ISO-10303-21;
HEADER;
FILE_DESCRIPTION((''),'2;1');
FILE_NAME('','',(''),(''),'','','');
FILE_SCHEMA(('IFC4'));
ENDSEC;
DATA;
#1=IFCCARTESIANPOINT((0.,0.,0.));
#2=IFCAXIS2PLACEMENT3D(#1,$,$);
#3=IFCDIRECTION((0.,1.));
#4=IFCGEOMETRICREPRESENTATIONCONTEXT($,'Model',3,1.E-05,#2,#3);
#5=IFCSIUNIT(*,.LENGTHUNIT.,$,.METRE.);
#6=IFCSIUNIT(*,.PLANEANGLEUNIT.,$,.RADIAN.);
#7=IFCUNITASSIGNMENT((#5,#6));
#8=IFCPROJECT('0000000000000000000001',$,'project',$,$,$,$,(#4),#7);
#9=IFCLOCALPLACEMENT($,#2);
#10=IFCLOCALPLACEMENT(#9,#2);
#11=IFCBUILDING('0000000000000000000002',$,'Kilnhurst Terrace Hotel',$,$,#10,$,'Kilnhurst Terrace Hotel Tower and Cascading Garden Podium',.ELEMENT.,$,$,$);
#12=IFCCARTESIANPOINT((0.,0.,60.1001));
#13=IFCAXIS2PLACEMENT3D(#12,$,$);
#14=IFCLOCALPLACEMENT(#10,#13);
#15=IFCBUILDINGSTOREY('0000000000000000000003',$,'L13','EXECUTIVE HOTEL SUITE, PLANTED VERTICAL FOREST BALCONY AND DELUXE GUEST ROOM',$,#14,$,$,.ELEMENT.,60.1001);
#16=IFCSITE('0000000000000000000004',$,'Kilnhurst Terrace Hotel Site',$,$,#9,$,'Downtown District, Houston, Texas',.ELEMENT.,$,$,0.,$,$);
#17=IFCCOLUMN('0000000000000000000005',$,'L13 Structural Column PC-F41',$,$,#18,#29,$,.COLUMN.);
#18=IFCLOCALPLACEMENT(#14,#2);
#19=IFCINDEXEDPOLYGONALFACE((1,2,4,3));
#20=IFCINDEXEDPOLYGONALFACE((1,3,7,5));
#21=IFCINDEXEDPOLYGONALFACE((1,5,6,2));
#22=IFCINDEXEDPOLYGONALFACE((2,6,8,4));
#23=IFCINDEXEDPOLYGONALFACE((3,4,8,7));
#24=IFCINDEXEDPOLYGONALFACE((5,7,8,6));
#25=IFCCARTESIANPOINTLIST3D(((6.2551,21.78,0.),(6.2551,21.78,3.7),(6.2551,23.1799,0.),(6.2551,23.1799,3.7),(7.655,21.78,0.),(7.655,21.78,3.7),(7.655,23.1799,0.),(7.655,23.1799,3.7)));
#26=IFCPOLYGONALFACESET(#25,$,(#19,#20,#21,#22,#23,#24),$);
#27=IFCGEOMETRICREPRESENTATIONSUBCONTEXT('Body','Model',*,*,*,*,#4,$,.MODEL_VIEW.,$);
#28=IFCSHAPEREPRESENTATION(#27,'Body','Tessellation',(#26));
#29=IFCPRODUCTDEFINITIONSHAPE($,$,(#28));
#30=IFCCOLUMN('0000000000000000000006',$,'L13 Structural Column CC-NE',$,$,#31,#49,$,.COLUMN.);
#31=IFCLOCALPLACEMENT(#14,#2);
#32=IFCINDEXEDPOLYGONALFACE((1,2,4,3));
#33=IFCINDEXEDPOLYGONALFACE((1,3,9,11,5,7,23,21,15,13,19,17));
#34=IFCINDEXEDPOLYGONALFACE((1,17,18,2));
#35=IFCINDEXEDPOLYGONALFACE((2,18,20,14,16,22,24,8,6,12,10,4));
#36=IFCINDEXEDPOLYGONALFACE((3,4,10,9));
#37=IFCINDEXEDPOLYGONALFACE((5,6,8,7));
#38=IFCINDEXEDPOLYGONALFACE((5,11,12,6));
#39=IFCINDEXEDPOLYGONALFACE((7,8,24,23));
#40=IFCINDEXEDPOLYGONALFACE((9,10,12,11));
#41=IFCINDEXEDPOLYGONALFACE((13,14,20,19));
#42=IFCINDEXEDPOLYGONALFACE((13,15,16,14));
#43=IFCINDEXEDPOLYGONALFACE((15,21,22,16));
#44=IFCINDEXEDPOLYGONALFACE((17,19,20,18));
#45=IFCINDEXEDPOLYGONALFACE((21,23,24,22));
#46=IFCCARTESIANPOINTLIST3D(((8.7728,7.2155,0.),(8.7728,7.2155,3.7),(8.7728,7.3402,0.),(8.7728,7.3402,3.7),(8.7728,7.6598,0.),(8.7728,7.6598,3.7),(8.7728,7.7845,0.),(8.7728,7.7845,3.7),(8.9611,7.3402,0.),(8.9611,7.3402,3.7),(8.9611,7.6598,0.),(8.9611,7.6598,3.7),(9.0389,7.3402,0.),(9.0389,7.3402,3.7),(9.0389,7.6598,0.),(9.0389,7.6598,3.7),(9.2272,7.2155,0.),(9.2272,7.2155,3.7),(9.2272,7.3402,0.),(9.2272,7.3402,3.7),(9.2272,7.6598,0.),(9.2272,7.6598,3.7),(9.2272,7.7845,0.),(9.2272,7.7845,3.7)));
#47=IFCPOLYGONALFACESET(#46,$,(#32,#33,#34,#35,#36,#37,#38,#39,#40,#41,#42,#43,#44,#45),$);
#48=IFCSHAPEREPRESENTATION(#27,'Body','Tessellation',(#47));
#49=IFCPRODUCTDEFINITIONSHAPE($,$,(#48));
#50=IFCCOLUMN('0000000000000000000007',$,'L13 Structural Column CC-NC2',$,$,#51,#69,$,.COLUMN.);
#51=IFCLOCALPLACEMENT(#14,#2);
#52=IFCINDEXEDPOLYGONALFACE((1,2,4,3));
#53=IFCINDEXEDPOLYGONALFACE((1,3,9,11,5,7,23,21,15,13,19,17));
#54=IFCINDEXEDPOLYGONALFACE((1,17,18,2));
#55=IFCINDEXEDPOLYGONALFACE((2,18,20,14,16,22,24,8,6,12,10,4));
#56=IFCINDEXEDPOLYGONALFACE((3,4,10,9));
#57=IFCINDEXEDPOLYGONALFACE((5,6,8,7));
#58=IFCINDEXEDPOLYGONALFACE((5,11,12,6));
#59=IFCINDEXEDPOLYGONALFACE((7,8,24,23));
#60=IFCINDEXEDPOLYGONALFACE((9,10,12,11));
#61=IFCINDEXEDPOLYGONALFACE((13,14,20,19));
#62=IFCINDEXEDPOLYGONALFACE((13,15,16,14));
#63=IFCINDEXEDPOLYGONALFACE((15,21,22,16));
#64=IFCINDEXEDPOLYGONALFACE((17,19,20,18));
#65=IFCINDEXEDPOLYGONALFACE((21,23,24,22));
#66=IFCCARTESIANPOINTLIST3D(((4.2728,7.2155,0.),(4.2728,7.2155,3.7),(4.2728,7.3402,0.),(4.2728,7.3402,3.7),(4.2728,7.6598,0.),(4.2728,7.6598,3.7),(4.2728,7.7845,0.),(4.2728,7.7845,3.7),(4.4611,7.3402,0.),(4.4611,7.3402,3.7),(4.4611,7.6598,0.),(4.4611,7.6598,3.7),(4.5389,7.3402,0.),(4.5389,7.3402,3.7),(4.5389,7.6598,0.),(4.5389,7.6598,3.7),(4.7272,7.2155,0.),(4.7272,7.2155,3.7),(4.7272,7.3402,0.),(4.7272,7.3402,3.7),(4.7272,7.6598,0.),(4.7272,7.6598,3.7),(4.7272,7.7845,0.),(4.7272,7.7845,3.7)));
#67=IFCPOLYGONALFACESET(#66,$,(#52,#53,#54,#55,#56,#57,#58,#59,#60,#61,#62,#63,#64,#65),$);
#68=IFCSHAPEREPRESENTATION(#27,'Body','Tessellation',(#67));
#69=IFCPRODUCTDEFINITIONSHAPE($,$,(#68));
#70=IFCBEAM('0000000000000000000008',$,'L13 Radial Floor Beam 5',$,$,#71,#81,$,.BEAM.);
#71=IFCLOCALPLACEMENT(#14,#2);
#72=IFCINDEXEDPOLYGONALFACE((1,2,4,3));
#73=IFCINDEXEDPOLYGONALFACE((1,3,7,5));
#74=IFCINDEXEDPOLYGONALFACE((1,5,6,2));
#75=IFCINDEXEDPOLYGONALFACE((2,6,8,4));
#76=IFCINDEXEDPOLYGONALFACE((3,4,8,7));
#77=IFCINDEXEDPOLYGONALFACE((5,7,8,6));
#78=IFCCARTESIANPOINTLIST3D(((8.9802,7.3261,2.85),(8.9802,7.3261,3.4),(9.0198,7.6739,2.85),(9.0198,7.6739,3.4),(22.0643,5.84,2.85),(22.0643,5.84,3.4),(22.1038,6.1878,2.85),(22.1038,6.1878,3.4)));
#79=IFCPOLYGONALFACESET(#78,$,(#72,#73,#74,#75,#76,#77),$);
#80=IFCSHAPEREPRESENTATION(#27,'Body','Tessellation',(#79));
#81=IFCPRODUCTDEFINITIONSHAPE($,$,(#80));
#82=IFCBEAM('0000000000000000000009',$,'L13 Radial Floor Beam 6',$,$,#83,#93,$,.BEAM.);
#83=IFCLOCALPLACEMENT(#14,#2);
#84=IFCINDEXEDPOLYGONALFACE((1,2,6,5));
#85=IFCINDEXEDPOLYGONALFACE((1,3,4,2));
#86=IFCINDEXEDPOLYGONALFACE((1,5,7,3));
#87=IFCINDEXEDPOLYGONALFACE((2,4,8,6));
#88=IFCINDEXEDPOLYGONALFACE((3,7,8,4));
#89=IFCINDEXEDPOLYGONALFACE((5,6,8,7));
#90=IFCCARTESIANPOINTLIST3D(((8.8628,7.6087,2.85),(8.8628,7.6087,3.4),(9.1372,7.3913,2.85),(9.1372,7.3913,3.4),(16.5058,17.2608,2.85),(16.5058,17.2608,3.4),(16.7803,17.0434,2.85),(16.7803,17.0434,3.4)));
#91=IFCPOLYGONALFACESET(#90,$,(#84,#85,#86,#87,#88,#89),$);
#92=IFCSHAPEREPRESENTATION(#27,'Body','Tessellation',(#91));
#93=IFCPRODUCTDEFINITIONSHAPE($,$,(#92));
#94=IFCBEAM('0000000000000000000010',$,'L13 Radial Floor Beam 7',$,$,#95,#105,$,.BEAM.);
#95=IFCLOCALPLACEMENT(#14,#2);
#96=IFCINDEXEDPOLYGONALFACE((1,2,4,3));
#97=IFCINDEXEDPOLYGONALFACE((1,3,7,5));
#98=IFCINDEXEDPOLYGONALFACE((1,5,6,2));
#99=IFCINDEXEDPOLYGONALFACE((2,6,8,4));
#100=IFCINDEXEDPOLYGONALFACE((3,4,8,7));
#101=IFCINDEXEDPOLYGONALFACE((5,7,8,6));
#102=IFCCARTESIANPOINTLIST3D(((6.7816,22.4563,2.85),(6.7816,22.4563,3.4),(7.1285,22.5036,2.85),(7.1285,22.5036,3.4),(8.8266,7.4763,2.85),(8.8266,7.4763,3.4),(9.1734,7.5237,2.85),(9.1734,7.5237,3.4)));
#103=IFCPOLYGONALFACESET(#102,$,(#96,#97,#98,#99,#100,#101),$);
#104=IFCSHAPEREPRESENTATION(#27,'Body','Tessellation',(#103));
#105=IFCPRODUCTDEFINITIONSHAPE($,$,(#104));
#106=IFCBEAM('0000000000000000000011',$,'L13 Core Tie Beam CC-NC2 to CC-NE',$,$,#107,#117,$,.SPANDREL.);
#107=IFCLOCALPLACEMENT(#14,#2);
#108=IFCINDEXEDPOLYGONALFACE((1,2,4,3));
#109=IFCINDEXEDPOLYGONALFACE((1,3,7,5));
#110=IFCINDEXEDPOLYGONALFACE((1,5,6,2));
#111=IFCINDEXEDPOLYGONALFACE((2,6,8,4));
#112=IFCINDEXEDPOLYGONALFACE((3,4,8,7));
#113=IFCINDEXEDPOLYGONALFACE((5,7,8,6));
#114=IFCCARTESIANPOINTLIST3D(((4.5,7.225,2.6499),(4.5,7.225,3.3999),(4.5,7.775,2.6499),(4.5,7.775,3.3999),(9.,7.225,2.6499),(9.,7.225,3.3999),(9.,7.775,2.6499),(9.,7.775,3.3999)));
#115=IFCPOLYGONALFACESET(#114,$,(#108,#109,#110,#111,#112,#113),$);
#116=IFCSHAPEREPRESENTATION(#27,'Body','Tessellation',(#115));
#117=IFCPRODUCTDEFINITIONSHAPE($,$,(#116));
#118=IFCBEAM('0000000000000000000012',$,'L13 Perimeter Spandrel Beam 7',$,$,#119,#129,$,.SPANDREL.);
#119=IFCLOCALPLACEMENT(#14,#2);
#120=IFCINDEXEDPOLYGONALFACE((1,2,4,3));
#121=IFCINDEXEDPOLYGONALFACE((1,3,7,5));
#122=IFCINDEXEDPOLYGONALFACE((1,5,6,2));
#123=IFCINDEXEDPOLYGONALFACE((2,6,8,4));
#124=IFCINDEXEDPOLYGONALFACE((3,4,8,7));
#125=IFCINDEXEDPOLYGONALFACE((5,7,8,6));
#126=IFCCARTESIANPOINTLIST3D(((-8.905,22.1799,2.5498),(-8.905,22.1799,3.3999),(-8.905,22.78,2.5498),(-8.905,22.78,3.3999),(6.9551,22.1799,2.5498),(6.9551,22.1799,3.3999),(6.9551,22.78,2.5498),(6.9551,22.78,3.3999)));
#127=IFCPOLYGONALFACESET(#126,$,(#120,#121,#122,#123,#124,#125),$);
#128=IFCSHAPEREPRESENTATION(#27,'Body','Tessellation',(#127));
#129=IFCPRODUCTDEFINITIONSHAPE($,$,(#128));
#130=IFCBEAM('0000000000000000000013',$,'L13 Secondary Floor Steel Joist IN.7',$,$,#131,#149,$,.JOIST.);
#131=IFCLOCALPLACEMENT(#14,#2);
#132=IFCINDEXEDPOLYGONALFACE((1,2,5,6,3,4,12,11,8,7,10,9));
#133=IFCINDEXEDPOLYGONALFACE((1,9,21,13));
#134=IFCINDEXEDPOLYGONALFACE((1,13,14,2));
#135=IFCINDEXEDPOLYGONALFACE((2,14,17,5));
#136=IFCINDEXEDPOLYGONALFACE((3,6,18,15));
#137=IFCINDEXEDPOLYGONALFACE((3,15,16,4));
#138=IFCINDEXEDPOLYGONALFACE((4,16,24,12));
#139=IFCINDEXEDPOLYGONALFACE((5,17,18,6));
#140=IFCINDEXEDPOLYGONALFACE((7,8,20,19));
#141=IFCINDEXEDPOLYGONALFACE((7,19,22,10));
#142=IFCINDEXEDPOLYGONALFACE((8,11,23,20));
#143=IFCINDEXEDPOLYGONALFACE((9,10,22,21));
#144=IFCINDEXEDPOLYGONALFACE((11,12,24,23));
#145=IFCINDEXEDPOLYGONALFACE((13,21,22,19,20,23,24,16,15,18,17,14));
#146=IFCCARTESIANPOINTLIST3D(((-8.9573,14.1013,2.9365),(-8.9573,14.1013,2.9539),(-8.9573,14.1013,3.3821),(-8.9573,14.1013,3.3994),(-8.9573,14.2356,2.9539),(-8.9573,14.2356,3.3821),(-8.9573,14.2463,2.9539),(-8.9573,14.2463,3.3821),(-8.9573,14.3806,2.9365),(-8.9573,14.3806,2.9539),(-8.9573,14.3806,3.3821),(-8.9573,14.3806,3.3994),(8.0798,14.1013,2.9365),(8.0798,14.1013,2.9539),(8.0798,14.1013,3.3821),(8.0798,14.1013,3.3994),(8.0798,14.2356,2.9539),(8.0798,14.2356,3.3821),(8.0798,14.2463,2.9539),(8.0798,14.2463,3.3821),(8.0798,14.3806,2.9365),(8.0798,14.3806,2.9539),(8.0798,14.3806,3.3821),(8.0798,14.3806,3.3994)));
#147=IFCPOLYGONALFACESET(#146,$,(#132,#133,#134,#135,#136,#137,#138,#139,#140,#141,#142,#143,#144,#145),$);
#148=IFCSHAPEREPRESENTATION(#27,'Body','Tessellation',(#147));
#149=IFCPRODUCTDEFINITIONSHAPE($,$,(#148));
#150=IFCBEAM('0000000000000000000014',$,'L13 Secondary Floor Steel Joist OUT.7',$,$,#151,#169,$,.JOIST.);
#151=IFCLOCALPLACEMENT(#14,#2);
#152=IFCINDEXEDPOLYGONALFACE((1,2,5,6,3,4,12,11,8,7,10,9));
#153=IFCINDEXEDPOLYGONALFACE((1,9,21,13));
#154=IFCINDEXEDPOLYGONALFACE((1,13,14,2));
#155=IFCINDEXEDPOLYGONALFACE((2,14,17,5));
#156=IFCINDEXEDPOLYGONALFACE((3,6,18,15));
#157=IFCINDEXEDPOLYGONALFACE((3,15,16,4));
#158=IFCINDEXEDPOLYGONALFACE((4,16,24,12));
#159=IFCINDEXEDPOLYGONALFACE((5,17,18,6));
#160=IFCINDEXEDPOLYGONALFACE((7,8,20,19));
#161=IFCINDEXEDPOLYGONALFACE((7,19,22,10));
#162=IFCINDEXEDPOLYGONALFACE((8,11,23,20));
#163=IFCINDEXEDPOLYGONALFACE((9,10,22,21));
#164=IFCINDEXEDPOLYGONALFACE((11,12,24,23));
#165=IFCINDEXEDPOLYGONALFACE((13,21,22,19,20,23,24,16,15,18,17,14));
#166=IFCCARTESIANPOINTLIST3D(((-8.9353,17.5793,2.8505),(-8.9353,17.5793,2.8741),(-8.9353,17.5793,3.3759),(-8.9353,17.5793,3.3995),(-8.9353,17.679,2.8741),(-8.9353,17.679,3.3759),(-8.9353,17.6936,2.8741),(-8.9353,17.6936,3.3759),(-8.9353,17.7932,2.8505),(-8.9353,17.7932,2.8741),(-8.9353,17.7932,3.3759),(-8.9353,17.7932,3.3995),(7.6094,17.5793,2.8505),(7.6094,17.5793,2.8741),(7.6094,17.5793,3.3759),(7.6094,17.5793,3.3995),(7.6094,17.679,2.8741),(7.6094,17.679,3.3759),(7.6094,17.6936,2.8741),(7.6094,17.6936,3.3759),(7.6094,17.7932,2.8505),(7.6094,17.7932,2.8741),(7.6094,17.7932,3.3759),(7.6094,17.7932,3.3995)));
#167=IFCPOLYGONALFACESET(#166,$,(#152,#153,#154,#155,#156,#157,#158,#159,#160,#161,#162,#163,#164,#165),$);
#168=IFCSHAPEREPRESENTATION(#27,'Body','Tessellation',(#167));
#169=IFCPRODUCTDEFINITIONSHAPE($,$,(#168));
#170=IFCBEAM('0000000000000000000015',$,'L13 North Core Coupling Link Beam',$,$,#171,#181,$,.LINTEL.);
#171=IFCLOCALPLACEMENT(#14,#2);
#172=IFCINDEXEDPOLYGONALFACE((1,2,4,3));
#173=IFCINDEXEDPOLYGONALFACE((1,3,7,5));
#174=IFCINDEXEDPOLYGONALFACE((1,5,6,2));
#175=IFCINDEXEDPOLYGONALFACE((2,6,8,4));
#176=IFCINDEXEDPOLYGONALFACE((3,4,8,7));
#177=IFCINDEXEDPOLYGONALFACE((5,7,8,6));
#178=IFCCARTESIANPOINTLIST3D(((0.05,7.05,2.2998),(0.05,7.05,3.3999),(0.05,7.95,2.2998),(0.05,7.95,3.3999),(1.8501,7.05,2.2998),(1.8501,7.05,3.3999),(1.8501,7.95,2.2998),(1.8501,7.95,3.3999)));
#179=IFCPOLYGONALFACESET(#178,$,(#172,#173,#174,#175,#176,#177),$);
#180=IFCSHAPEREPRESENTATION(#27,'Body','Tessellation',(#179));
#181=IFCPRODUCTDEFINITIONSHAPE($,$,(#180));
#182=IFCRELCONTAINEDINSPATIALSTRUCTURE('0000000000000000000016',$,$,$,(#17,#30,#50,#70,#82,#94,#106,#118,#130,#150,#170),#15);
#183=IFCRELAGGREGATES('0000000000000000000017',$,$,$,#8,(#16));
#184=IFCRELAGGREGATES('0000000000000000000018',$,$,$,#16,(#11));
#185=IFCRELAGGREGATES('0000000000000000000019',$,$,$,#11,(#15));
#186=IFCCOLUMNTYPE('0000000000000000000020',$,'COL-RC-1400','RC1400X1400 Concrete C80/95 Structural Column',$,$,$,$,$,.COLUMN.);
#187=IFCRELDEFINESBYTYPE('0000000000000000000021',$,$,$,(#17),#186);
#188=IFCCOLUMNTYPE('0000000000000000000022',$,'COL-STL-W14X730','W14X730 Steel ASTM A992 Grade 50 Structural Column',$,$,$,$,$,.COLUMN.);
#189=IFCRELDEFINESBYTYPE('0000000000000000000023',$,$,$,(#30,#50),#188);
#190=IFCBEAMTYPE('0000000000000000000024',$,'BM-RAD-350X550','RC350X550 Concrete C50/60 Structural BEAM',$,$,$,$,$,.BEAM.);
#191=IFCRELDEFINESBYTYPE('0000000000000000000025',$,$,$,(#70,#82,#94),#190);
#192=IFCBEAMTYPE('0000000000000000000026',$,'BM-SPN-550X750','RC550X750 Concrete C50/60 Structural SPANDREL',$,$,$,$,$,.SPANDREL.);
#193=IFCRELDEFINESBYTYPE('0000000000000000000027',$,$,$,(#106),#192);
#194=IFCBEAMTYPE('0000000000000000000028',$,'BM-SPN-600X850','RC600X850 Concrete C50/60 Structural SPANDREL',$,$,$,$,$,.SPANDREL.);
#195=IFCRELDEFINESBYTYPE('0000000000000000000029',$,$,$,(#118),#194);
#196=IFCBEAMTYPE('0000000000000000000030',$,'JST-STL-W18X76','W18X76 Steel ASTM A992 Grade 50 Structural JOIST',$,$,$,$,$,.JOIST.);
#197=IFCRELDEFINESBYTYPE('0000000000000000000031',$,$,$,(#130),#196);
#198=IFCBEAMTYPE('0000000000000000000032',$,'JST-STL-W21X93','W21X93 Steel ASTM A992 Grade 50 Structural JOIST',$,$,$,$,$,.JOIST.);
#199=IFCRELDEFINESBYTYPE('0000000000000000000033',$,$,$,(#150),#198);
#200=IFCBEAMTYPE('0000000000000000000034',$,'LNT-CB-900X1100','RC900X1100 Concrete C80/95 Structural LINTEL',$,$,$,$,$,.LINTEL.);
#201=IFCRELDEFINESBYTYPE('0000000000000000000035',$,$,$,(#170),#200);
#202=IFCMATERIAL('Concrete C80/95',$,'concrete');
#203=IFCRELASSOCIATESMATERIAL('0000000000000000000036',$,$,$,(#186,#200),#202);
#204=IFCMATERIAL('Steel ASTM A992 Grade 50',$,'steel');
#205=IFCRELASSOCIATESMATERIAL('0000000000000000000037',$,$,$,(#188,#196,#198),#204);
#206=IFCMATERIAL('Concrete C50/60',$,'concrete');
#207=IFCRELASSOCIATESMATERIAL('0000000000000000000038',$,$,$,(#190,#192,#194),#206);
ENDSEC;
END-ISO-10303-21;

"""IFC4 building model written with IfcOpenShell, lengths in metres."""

from ifc_helpers import new_model, si_unit, direction, frame, origin, origin_2d, place, context, subcontext, project, spatial, rectangle, i_section, extrude, material, material_profile, profile_set, type_object, element, save


model = new_model("IFC4")

# Units and contexts
model_context = context("Model", 3, precision=1e-05, world=origin(), true_north=direction((0.0, 1.0)))
body_context = subcontext(model_context, "Body", "Model", "MODEL_VIEW")
ifc_project = project(units=[si_unit("LENGTHUNIT", "METRE"), si_unit("PLANEANGLEUNIT", "RADIAN")], contexts=[model_context])

# Site, building, storey
site_placement = place(None, origin())
site = spatial("IfcSite", under=ifc_project, at=site_placement, Name="Kilnhurst Terrace Hotel Site", LongName="Downtown District, Houston, Texas", CompositionType="ELEMENT", RefElevation=0.0)
building_placement = place(site_placement, origin())
building = spatial("IfcBuilding", under=site, at=building_placement, Name="Kilnhurst Terrace Hotel", LongName="Kilnhurst Terrace Hotel Tower and Cascading Garden Podium", CompositionType="ELEMENT")
storey_placement = place(building_placement, frame((0.0, 0.0, 60.1001)))
storey = spatial("IfcBuildingStorey", under=building, at=storey_placement, Name="L13", Description="EXECUTIVE HOTEL SUITE, PLANTED VERTICAL FOREST BALCONY AND DELUXE GUEST ROOM", CompositionType="ELEMENT", Elevation=60.1001)

# Columns
ifc_material_1 = material(Name="Concrete C80/95", Category="concrete")
ifc_material_profile_1 = material_profile(ifc_material_1, rectangle(XDim=1.3999, YDim=1.3999, at=origin_2d()), Name="RC1400X1400")
ifc_profile_set_1 = profile_set([ifc_material_profile_1], Name="Concrete C80/95")
column_type_1 = type_object("IfcColumnType", Name="COL-RC-1400", Description="RC1400X1400 Concrete C80/95 Structural Column", PredefinedType="COLUMN", material=ifc_profile_set_1)
column_placement = place(storey_placement, frame((6.9551, 22.48, 0.0), z_axis=(0.0, 0.0, 1.0), x_axis=(1.0, 0.0, 0.0)))
element("IfcColumn", 1, at=column_placement, inside=storey, type_object=column_type_1, Name="L13 Structural Column PC-F41", PredefinedType="COLUMN", context=body_context, shape_type="SweptSolid", body=[
    extrude(rectangle(XDim=1.3999, YDim=1.3999, at=origin_2d()), origin(), (0.0, 0.0, 1.0), 3.7),
])
ifc_material_2 = material(Name="Steel ASTM A992 Grade 50", Category="steel")
ifc_material_profile_2 = material_profile(ifc_material_2, i_section(OverallWidth=0.4543, OverallDepth=0.5691, WebThickness=0.0779, FlangeThickness=0.1248, at=origin_2d()), Name="W14X730")
ifc_profile_set_2 = profile_set([ifc_material_profile_2], Name="Steel ASTM A992 Grade 50")
column_type_2 = type_object("IfcColumnType", Name="COL-STL-W14X730", Description="W14X730 Steel ASTM A992 Grade 50 Structural Column", PredefinedType="COLUMN", material=ifc_profile_set_2)
for number, where, z_axis, x_axis, name in (
    (2, (9.0, 7.5, 0.0), (0.0, 0.0, 1.0), (1.0, 0.0, 0.0), "L13 Structural Column CC-NE"),
    (3, (4.5, 7.5, 0.0), (0.0, 0.0, 1.0), (1.0, 0.0, 0.0), "L13 Structural Column CC-NC2"),
):
    element("IfcColumn", number, at=place(storey_placement, frame(where, z_axis=z_axis, x_axis=x_axis)), inside=storey, type_object=column_type_2, Name=name, PredefinedType="COLUMN", context=body_context, shape_type="SweptSolid", body=[
        extrude(i_section(OverallWidth=0.4543, OverallDepth=0.5691, WebThickness=0.0779, FlangeThickness=0.1248, at=origin_2d()), origin(), (0.0, 0.0, 1.0), 3.7),
    ])

# Beams
ifc_material_3 = material(Name="Concrete C50/60", Category="concrete")
ifc_material_profile_3 = material_profile(ifc_material_3, rectangle(XDim=0.3501, YDim=0.55, at=origin_2d()), Name="RC350X550")
ifc_profile_set_3 = profile_set([ifc_material_profile_3], Name="Concrete C50/60")
beam_type_1 = type_object("IfcBeamType", Name="BM-RAD-350X550", Description="RC350X550 Concrete C50/60 Structural BEAM", PredefinedType="BEAM", material=ifc_profile_set_3)
beam_1_placement = place(storey_placement, frame((9.0, 7.5, 3.125), z_axis=(0.993611, -0.112855, 0.0), x_axis=(0.112855, 0.993611, 0.0)))
element("IfcBeam", 4, at=beam_1_placement, inside=storey, type_object=beam_type_1, Name="L13 Radial Floor Beam 5", PredefinedType="BEAM", context=body_context, shape_type="SweptSolid", body=[
    extrude(rectangle(XDim=0.3501, YDim=0.55, at=origin_2d()), origin(), (0.0, 0.0, 1.0), 13.1682),
])
beam_2_placement = place(storey_placement, frame((9.0, 7.5, 3.125), z_axis=(0.620794, 0.783974, 0.0), x_axis=(-0.783974, 0.620794, 0.0)))
element("IfcBeam", 5, at=beam_2_placement, inside=storey, type_object=beam_type_1, Name="L13 Radial Floor Beam 6", PredefinedType="BEAM", context=body_context, shape_type="SweptSolid", body=[
    extrude(rectangle(XDim=0.3501, YDim=0.55, at=origin_2d()), origin(), (0.0, 0.0, 1.0), 12.3118),
])
beam_3_placement = place(storey_placement, frame((9.0, 7.5, 3.125), z_axis=(-0.135256, 0.990811, 0.0), x_axis=(-0.990811, -0.135256, 0.0)))
element("IfcBeam", 6, at=beam_3_placement, inside=storey, type_object=beam_type_1, Name="L13 Radial Floor Beam 7", PredefinedType="BEAM", context=body_context, shape_type="SweptSolid", body=[
    extrude(rectangle(XDim=0.3501, YDim=0.55, at=origin_2d()), origin(), (0.0, 0.0, 1.0), 15.1189),
])
ifc_material_profile_4 = material_profile(ifc_material_3, rectangle(XDim=0.55, YDim=0.75, at=origin_2d()), Name="RC550X750")
ifc_profile_set_4 = profile_set([ifc_material_profile_4], Name="Concrete C50/60")
beam_type_2 = type_object("IfcBeamType", Name="BM-SPN-550X750", Description="RC550X750 Concrete C50/60 Structural SPANDREL", PredefinedType="SPANDREL", material=ifc_profile_set_4)
beam_4_placement = place(storey_placement, frame((4.5, 7.5, 3.0249), z_axis=(1.0, 0.0, 0.0), x_axis=(0.0, 1.0, 0.0)))
element("IfcBeam", 7, at=beam_4_placement, inside=storey, type_object=beam_type_2, Name="L13 Core Tie Beam CC-NC2 to CC-NE", PredefinedType="SPANDREL", context=body_context, shape_type="SweptSolid", body=[
    extrude(rectangle(XDim=0.55, YDim=0.75, at=origin_2d()), origin(), (0.0, 0.0, 1.0), 4.5),
])
ifc_material_profile_5 = material_profile(ifc_material_3, rectangle(XDim=0.6001, YDim=0.8501, at=origin_2d()), Name="RC600X850")
ifc_profile_set_5 = profile_set([ifc_material_profile_5], Name="Concrete C50/60")
beam_type_3 = type_object("IfcBeamType", Name="BM-SPN-600X850", Description="RC600X850 Concrete C50/60 Structural SPANDREL", PredefinedType="SPANDREL", material=ifc_profile_set_5)
beam_5_placement = place(storey_placement, frame((6.9551, 22.48, 2.9749), z_axis=(-1.0, 0.0, 0.0), x_axis=(0.0, -1.0, 0.0)))
element("IfcBeam", 8, at=beam_5_placement, inside=storey, type_object=beam_type_3, Name="L13 Perimeter Spandrel Beam 7", PredefinedType="SPANDREL", context=body_context, shape_type="SweptSolid", body=[
    extrude(rectangle(XDim=0.6001, YDim=0.8501, at=origin_2d()), origin(), (0.0, 0.0, 1.0), 15.8601),
])
ifc_material_profile_6 = material_profile(ifc_material_2, i_section(OverallWidth=0.2793, OverallDepth=0.4629, WebThickness=0.0107, FlangeThickness=0.0173, at=origin_2d()), Name="W18X76")
ifc_profile_set_6 = profile_set([ifc_material_profile_6], Name="Steel ASTM A992 Grade 50")
beam_type_4 = type_object("IfcBeamType", Name="JST-STL-W18X76", Description="W18X76 Steel ASTM A992 Grade 50 Structural JOIST", PredefinedType="JOIST", material=ifc_profile_set_6)
beam_6_placement = place(storey_placement, frame((8.0798, 14.241, 3.168), z_axis=(-1.0, 0.0, 0.0), x_axis=(0.0, -1.0, 0.0)))
element("IfcBeam", 9, at=beam_6_placement, inside=storey, type_object=beam_type_4, Name="L13 Secondary Floor Steel Joist IN.7", PredefinedType="JOIST", context=body_context, shape_type="SweptSolid", body=[
    extrude(i_section(OverallWidth=0.2793, OverallDepth=0.4629, WebThickness=0.0107, FlangeThickness=0.0173, at=origin_2d()), origin(), (0.0, 0.0, 1.0), 17.0371),
])
ifc_material_profile_7 = material_profile(ifc_material_2, i_section(OverallWidth=0.2139, OverallDepth=0.5491, WebThickness=0.0146, FlangeThickness=0.0237, at=origin_2d()), Name="W21X93")
ifc_profile_set_7 = profile_set([ifc_material_profile_7], Name="Steel ASTM A992 Grade 50")
beam_type_5 = type_object("IfcBeamType", Name="JST-STL-W21X93", Description="W21X93 Steel ASTM A992 Grade 50 Structural JOIST", PredefinedType="JOIST", material=ifc_profile_set_7)
beam_7_placement = place(storey_placement, frame((7.6094, 17.6863, 3.125), z_axis=(-1.0, 0.0, 0.0), x_axis=(0.0, -1.0, 0.0)))
element("IfcBeam", 10, at=beam_7_placement, inside=storey, type_object=beam_type_5, Name="L13 Secondary Floor Steel Joist OUT.7", PredefinedType="JOIST", context=body_context, shape_type="SweptSolid", body=[
    extrude(i_section(OverallWidth=0.2139, OverallDepth=0.5491, WebThickness=0.0146, FlangeThickness=0.0237, at=origin_2d()), origin(), (0.0, 0.0, 1.0), 16.5447),
])
ifc_material_profile_8 = material_profile(ifc_material_1, rectangle(XDim=0.8999, YDim=1.1001, at=origin_2d()), Name="RC900X1100")
ifc_profile_set_8 = profile_set([ifc_material_profile_8], Name="Concrete C80/95")
beam_type_6 = type_object("IfcBeamType", Name="LNT-CB-900X1100", Description="RC900X1100 Concrete C80/95 Structural LINTEL", PredefinedType="LINTEL", material=ifc_profile_set_8)
beam_8_placement = place(storey_placement, frame((0.05, 7.5, 2.8499), z_axis=(1.0, 0.0, 0.0), x_axis=(0.0, 1.0, 0.0)))
element("IfcBeam", 11, at=beam_8_placement, inside=storey, type_object=beam_type_6, Name="L13 North Core Coupling Link Beam", PredefinedType="LINTEL", context=body_context, shape_type="SweptSolid", body=[
    extrude(rectangle(XDim=0.8999, YDim=1.1001, at=origin_2d()), origin(), (0.0, 0.0, 1.0), 1.8),
])

save(model, "model.ifc")
